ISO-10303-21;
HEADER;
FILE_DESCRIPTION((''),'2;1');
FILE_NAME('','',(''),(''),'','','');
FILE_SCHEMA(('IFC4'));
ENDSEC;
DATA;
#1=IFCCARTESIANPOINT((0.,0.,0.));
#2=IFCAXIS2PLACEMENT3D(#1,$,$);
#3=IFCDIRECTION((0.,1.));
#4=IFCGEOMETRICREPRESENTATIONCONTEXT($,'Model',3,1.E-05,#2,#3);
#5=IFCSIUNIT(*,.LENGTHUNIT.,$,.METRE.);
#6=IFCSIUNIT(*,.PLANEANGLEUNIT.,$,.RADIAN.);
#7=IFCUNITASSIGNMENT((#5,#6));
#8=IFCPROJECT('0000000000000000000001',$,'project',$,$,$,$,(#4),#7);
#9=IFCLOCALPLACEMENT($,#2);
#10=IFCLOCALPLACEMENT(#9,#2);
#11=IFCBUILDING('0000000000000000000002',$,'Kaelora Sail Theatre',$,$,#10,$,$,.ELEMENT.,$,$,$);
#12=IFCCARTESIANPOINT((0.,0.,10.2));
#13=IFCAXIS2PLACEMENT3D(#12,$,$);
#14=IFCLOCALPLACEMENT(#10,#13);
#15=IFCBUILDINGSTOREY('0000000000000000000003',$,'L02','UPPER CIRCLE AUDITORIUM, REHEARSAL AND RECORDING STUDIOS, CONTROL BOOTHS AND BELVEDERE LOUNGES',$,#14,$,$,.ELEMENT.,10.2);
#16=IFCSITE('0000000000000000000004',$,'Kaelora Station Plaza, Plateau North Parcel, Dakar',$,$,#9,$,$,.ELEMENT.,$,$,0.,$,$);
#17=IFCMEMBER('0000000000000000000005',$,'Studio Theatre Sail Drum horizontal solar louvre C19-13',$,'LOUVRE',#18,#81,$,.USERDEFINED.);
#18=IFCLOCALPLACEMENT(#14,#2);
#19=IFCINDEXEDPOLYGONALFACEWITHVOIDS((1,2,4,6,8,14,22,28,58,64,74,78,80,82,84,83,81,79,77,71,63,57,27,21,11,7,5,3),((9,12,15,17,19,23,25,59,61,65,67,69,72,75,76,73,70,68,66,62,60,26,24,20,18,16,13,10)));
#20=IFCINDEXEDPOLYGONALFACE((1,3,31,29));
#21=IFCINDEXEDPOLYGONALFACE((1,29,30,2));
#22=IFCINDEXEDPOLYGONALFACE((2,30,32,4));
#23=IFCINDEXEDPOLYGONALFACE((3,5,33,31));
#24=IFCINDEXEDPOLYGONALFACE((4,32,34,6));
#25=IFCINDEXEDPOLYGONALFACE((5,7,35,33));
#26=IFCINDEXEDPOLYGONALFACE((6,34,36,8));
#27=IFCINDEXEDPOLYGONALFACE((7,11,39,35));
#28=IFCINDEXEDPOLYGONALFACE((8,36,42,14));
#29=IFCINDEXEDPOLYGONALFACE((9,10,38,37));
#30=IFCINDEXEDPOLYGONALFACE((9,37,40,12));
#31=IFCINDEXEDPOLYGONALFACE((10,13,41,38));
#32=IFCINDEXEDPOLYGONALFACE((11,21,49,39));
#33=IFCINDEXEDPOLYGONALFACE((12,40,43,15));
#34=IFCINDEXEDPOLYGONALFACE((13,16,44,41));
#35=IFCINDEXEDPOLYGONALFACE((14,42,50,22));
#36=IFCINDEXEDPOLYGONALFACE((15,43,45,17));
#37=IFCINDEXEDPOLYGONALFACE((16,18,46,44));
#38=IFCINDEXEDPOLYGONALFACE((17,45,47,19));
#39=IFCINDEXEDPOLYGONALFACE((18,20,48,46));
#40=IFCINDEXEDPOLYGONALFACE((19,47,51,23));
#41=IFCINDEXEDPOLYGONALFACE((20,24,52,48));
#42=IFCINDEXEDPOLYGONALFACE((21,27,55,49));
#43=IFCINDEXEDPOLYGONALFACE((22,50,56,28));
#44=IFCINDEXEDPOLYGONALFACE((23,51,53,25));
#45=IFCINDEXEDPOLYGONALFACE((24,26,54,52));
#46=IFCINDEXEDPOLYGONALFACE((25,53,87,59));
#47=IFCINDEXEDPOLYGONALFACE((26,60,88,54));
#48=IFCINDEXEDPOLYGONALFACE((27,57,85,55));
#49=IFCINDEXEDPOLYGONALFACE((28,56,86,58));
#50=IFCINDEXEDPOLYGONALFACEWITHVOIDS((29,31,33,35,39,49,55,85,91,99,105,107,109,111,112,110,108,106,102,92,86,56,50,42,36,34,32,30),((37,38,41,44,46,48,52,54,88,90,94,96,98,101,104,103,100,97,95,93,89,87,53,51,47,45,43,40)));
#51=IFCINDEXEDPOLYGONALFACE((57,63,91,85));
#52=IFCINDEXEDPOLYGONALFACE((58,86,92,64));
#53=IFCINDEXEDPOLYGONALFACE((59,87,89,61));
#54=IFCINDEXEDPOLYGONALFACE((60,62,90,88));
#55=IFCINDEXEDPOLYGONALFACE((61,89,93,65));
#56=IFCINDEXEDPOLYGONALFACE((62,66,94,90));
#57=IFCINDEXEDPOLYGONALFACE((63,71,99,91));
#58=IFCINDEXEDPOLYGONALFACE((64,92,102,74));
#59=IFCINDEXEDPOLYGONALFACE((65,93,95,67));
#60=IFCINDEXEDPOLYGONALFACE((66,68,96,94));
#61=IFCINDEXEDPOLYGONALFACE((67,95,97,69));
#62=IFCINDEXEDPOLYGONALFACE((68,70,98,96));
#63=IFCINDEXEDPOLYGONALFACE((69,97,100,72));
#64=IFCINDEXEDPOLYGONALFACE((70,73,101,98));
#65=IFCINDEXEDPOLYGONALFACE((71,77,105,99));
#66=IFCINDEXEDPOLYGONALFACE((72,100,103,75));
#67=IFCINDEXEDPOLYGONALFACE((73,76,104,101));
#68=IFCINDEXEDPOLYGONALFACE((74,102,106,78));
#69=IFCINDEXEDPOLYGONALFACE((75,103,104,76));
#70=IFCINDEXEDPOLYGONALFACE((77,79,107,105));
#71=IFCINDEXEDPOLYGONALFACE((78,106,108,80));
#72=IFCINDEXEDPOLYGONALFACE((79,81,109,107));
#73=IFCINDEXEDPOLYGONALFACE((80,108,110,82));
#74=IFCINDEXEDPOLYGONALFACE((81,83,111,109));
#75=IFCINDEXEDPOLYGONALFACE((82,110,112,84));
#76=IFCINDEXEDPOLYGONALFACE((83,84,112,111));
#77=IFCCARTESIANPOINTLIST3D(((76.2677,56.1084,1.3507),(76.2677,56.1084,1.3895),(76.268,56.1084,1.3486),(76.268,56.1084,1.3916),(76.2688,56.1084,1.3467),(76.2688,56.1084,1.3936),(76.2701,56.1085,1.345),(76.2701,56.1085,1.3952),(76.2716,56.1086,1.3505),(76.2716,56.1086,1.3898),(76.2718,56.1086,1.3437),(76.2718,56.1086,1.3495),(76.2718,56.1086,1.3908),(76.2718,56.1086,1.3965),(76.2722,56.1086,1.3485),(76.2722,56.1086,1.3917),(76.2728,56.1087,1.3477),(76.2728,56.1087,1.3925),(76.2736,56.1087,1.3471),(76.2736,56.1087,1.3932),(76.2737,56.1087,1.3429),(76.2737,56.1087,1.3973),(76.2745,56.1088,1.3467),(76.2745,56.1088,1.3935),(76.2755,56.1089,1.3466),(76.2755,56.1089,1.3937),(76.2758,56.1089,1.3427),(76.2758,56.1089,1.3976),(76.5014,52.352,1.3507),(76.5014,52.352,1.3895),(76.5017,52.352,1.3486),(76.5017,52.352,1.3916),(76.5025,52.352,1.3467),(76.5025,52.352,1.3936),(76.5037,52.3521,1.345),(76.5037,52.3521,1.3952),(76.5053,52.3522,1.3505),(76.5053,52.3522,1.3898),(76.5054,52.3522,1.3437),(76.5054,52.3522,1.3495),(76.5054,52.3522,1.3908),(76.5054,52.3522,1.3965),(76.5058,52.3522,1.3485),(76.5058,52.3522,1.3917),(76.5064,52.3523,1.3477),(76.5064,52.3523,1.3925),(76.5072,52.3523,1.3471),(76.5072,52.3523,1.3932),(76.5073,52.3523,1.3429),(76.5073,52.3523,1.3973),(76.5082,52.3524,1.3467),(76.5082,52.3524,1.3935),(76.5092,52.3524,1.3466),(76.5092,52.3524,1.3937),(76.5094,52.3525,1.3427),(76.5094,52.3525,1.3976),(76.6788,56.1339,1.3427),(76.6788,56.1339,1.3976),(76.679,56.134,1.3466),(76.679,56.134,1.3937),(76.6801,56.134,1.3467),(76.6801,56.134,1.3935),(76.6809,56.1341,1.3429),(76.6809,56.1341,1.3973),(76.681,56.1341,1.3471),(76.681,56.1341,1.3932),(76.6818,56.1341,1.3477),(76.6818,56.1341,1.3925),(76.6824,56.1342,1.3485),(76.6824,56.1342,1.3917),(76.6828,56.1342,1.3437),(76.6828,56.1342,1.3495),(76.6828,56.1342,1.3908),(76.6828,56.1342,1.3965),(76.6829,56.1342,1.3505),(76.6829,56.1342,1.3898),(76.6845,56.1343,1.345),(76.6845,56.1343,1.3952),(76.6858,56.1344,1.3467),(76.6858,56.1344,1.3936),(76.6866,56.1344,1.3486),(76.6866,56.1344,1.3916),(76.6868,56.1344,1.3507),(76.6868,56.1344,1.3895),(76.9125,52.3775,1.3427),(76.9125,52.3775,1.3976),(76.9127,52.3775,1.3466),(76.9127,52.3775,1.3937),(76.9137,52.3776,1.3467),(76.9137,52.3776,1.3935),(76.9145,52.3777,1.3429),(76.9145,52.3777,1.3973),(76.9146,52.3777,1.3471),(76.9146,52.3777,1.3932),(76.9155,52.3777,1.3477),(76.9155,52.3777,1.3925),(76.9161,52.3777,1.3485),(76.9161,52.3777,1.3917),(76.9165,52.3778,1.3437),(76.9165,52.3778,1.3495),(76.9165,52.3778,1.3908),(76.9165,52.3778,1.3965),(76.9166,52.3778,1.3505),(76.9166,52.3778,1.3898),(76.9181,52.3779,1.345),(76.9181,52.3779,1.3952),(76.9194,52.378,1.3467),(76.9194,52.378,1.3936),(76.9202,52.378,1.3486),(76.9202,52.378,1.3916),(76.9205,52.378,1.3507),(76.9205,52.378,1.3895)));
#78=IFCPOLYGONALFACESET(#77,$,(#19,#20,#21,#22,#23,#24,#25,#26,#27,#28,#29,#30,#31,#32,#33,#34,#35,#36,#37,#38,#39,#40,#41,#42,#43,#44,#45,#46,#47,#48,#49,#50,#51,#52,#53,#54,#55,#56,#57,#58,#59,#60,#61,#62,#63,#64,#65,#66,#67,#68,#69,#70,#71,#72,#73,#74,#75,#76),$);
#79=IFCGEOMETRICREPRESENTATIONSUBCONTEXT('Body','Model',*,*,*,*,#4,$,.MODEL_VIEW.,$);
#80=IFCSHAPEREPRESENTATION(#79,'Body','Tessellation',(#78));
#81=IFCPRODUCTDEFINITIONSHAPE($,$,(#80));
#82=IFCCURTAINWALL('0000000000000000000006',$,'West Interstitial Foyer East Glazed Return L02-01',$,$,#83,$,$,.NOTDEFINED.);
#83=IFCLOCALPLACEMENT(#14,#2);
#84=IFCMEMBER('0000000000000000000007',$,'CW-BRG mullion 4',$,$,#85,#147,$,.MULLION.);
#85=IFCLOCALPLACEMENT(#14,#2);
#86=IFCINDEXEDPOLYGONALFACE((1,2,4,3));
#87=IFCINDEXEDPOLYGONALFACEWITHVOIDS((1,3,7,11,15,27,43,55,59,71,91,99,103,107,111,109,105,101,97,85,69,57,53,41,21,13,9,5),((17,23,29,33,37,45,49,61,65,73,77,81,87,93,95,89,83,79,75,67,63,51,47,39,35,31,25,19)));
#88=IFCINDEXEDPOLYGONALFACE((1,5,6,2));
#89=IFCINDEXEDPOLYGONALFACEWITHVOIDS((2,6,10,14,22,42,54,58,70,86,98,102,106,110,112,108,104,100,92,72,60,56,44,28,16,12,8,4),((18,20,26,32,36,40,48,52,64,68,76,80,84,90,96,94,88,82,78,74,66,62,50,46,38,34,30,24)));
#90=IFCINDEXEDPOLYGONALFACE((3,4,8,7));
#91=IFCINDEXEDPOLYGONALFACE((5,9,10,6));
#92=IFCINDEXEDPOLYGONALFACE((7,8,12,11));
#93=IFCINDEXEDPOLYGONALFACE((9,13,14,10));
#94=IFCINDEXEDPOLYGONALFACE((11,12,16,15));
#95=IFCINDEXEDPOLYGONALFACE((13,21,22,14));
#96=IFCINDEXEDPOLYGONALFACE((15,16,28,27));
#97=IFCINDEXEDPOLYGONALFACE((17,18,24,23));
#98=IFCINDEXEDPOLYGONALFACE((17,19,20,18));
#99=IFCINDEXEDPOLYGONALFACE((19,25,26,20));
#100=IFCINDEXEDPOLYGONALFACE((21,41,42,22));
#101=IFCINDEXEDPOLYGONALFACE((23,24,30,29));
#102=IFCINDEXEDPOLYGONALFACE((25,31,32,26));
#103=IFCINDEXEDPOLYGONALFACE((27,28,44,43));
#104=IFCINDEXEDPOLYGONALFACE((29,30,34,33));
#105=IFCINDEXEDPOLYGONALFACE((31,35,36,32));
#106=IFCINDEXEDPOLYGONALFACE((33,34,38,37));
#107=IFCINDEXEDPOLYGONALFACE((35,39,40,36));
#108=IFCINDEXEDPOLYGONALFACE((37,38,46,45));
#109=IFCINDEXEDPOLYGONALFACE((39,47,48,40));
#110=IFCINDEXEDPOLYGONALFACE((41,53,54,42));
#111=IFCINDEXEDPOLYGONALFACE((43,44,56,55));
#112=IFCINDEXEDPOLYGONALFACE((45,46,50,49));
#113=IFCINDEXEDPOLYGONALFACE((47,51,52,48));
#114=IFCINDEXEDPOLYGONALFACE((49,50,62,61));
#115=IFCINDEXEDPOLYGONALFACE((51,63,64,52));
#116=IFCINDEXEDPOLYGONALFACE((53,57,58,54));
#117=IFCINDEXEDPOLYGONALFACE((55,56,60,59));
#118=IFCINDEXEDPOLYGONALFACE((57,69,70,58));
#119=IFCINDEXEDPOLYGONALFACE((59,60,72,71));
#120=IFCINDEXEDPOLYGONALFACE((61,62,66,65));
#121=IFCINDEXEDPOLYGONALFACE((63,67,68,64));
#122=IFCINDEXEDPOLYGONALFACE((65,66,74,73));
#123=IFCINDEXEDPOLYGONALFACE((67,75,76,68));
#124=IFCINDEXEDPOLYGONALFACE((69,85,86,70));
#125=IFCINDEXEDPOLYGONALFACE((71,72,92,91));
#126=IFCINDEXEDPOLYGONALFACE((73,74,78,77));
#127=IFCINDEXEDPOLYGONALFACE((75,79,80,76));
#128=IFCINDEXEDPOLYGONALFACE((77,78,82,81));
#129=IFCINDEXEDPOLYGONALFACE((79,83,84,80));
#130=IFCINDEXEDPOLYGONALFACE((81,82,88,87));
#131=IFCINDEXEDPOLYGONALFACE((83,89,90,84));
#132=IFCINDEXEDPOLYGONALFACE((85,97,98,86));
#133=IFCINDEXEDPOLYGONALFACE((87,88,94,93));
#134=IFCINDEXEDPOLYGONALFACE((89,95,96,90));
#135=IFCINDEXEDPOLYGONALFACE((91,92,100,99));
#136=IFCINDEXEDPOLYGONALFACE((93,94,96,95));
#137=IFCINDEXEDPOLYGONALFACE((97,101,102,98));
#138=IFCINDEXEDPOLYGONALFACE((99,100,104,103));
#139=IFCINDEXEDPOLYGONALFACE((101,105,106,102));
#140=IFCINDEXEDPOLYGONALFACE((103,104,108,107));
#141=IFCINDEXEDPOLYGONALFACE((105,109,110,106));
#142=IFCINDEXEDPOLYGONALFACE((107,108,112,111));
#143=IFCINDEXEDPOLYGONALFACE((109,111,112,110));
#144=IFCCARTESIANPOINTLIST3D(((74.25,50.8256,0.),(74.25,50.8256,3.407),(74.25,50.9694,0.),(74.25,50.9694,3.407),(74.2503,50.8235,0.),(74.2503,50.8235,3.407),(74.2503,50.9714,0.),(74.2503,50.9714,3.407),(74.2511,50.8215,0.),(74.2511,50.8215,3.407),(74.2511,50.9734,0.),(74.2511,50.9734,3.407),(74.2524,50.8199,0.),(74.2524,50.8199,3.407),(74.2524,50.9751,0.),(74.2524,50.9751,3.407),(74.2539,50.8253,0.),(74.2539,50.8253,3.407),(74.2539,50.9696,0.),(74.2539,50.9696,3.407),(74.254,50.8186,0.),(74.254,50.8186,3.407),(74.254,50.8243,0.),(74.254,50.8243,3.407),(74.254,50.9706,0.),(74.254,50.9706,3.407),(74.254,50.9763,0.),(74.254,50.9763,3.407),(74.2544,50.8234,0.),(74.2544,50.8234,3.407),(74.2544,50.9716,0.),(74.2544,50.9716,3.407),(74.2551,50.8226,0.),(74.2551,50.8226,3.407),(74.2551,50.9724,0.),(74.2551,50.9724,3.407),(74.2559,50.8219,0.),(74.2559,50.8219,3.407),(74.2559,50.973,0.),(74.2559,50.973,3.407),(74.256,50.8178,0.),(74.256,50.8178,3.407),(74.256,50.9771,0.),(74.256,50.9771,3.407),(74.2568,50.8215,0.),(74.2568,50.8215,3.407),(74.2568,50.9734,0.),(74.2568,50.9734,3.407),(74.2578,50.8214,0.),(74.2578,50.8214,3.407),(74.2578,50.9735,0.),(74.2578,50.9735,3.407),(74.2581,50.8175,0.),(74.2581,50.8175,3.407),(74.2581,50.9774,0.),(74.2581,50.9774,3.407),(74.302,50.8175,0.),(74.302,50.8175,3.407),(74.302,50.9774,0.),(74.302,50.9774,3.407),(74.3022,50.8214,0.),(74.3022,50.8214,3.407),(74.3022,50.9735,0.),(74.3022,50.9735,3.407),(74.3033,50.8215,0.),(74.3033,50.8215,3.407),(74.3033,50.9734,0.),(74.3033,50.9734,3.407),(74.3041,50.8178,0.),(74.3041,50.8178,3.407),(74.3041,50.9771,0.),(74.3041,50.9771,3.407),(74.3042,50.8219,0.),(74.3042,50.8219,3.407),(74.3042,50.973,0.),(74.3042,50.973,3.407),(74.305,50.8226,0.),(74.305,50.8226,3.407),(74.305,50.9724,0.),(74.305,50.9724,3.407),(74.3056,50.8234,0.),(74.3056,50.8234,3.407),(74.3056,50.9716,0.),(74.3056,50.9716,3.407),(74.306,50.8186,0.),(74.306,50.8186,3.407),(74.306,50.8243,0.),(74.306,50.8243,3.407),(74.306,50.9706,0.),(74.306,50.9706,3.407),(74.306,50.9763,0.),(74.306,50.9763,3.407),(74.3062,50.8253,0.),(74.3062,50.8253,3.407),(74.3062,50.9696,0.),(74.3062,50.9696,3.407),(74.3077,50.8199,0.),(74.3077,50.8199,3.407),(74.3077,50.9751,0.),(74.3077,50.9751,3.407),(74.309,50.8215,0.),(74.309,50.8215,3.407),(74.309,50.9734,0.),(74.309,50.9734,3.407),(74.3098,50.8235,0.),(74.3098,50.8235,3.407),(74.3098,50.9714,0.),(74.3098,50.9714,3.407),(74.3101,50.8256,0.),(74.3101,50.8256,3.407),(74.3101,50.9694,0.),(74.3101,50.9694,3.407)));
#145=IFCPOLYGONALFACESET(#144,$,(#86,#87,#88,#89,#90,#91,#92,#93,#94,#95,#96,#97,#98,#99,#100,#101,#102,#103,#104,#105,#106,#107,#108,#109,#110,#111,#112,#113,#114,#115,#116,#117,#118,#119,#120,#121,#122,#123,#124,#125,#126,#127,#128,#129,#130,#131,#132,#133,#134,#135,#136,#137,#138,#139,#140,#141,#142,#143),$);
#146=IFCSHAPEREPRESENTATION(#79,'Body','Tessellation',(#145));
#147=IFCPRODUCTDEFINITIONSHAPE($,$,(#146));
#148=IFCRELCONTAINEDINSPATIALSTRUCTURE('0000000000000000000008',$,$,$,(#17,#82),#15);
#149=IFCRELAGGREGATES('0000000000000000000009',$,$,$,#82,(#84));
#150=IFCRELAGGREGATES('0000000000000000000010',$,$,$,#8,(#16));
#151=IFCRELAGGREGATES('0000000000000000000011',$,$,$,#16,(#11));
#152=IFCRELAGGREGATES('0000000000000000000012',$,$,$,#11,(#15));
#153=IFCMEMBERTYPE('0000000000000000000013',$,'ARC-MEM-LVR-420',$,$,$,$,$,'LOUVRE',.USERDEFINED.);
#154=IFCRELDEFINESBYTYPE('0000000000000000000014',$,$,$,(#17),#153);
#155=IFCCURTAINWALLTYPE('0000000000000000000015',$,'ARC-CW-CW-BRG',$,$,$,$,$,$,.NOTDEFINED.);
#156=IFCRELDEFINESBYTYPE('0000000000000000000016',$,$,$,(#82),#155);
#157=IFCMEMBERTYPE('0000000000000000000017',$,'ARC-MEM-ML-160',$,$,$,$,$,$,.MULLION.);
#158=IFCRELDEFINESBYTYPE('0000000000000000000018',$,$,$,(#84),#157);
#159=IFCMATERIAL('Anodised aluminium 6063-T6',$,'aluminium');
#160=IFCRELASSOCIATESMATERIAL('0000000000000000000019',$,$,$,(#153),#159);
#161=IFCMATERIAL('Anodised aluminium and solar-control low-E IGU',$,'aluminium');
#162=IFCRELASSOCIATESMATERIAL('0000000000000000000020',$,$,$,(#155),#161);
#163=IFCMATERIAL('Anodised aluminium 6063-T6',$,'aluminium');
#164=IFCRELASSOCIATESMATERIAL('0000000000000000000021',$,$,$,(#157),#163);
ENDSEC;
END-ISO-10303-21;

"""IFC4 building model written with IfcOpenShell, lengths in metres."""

from ifc_helpers import new_model, si_unit, direction, frame, origin, origin_2d, place, context, subcontext, project, spatial, hollow_rectangle, extrude, material, material_profile, profile_set, type_object, element, aggregate, save


model = new_model("IFC4")

# Units and contexts
model_context = context("Model", 3, precision=1e-05, world=origin(), true_north=direction((0.0, 1.0)))
body_context = subcontext(model_context, "Body", "Model", "MODEL_VIEW")
ifc_project = project(units=[si_unit("LENGTHUNIT", "METRE"), si_unit("PLANEANGLEUNIT", "RADIAN")], contexts=[model_context])

# Site, building, storey
site_placement = place(None, origin())
site = spatial("IfcSite", under=ifc_project, at=site_placement, Name="Kaelora Station Plaza, Plateau North Parcel, Dakar", CompositionType="ELEMENT", RefElevation=0.0)
building_placement = place(site_placement, origin())
building = spatial("IfcBuilding", under=site, at=building_placement, Name="Kaelora Sail Theatre", CompositionType="ELEMENT")
storey_placement = place(building_placement, frame((0.0, 0.0, 10.2)))
storey = spatial("IfcBuildingStorey", under=building, at=storey_placement, Name="L02", Description="UPPER CIRCLE AUDITORIUM, REHEARSAL AND RECORDING STUDIOS, CONTROL BOOTHS AND BELVEDERE LOUNGES", CompositionType="ELEMENT", Elevation=10.2)

# Member
ifc_material_1 = material(Name="Anodised aluminium 6063-T6", Category="aluminium")
ifc_material_profile_1 = material_profile(ifc_material_1, hollow_rectangle(XDim=0.4199, YDim=0.0549, WallThickness=0.0039, InnerFilletRadius=0.0039, OuterFilletRadius=0.0081, at=origin_2d()), Name="LOUVRE 420x55x4")
ifc_profile_set_1 = profile_set([ifc_material_profile_1], Name="Anodised aluminium 6063-T6")
member_type_1 = type_object("IfcMemberType", Name="ARC-MEM-LVR-420", ElementType="LOUVRE", PredefinedType="USERDEFINED", material=ifc_profile_set_1)
for number, where, z_axis, x_axis, name in (
    (1, (76.7109, 52.365, 1.3701), (-0.062079, 0.998071, 0.0), (-0.998071, -0.062079, 0.0), "Studio Theatre Sail Drum horizontal solar louvre C19-13"),
):
    element("IfcMember", number, at=place(storey_placement, frame(where, z_axis=z_axis, x_axis=x_axis)), inside=storey, type_object=member_type_1, Name=name, ObjectType="LOUVRE", PredefinedType="USERDEFINED", context=body_context, shape_type="SweptSolid", body=[
        extrude(hollow_rectangle(XDim=0.4199, YDim=0.0549, WallThickness=0.0039, InnerFilletRadius=0.0039, OuterFilletRadius=0.0081, at=origin_2d()), origin(), (0.0, 0.0, 1.0), 3.7637),
    ])

# Curtain wall, member
ifc_material_2 = material(Name="Anodised aluminium and solar-control low-E IGU", Category="aluminium")
curtain_wall_type = type_object("IfcCurtainWallType", Name="ARC-CW-CW-BRG", PredefinedType="NOTDEFINED", material=ifc_material_2)
curtain_wall_1_placement = place(storey_placement, origin())
curtain_wall_1 = element("IfcCurtainWall", 2, at=curtain_wall_1_placement, inside=storey, type_object=curtain_wall_type, Name="West Interstitial Foyer East Glazed Return L02-01", PredefinedType="NOTDEFINED")
ifc_material_3 = material(Name="Anodised aluminium 6063-T6", Category="aluminium")
ifc_material_profile_2 = material_profile(ifc_material_3, hollow_rectangle(XDim=0.0601, YDim=0.1599, WallThickness=0.0039, InnerFilletRadius=0.0039, OuterFilletRadius=0.0081, at=origin_2d()), Name="ALU-MULL 60x160x4")
ifc_profile_set_2 = profile_set([ifc_material_profile_2], Name="Anodised aluminium 6063-T6")
member_type_2 = type_object("IfcMemberType", Name="ARC-MEM-ML-160", PredefinedType="MULLION", material=ifc_profile_set_2)
member_1_placement = place(storey_placement, frame((74.28, 50.8975, 0.0), z_axis=(0.0, 0.0, 1.0), x_axis=(-1.0, 0.0, 0.0)))
member_1 = element("IfcMember", 3, at=member_1_placement, type_object=member_type_2, Name="CW-BRG mullion 4", PredefinedType="MULLION", context=body_context, shape_type="SweptSolid", body=[
    extrude(hollow_rectangle(XDim=0.0601, YDim=0.1599, WallThickness=0.0039, InnerFilletRadius=0.0039, OuterFilletRadius=0.0081, at=origin_2d()), origin(), (0.0, 0.0, 1.0), 3.407),
])

aggregate(curtain_wall_1, [member_1])

save(model, "model.ifc")
